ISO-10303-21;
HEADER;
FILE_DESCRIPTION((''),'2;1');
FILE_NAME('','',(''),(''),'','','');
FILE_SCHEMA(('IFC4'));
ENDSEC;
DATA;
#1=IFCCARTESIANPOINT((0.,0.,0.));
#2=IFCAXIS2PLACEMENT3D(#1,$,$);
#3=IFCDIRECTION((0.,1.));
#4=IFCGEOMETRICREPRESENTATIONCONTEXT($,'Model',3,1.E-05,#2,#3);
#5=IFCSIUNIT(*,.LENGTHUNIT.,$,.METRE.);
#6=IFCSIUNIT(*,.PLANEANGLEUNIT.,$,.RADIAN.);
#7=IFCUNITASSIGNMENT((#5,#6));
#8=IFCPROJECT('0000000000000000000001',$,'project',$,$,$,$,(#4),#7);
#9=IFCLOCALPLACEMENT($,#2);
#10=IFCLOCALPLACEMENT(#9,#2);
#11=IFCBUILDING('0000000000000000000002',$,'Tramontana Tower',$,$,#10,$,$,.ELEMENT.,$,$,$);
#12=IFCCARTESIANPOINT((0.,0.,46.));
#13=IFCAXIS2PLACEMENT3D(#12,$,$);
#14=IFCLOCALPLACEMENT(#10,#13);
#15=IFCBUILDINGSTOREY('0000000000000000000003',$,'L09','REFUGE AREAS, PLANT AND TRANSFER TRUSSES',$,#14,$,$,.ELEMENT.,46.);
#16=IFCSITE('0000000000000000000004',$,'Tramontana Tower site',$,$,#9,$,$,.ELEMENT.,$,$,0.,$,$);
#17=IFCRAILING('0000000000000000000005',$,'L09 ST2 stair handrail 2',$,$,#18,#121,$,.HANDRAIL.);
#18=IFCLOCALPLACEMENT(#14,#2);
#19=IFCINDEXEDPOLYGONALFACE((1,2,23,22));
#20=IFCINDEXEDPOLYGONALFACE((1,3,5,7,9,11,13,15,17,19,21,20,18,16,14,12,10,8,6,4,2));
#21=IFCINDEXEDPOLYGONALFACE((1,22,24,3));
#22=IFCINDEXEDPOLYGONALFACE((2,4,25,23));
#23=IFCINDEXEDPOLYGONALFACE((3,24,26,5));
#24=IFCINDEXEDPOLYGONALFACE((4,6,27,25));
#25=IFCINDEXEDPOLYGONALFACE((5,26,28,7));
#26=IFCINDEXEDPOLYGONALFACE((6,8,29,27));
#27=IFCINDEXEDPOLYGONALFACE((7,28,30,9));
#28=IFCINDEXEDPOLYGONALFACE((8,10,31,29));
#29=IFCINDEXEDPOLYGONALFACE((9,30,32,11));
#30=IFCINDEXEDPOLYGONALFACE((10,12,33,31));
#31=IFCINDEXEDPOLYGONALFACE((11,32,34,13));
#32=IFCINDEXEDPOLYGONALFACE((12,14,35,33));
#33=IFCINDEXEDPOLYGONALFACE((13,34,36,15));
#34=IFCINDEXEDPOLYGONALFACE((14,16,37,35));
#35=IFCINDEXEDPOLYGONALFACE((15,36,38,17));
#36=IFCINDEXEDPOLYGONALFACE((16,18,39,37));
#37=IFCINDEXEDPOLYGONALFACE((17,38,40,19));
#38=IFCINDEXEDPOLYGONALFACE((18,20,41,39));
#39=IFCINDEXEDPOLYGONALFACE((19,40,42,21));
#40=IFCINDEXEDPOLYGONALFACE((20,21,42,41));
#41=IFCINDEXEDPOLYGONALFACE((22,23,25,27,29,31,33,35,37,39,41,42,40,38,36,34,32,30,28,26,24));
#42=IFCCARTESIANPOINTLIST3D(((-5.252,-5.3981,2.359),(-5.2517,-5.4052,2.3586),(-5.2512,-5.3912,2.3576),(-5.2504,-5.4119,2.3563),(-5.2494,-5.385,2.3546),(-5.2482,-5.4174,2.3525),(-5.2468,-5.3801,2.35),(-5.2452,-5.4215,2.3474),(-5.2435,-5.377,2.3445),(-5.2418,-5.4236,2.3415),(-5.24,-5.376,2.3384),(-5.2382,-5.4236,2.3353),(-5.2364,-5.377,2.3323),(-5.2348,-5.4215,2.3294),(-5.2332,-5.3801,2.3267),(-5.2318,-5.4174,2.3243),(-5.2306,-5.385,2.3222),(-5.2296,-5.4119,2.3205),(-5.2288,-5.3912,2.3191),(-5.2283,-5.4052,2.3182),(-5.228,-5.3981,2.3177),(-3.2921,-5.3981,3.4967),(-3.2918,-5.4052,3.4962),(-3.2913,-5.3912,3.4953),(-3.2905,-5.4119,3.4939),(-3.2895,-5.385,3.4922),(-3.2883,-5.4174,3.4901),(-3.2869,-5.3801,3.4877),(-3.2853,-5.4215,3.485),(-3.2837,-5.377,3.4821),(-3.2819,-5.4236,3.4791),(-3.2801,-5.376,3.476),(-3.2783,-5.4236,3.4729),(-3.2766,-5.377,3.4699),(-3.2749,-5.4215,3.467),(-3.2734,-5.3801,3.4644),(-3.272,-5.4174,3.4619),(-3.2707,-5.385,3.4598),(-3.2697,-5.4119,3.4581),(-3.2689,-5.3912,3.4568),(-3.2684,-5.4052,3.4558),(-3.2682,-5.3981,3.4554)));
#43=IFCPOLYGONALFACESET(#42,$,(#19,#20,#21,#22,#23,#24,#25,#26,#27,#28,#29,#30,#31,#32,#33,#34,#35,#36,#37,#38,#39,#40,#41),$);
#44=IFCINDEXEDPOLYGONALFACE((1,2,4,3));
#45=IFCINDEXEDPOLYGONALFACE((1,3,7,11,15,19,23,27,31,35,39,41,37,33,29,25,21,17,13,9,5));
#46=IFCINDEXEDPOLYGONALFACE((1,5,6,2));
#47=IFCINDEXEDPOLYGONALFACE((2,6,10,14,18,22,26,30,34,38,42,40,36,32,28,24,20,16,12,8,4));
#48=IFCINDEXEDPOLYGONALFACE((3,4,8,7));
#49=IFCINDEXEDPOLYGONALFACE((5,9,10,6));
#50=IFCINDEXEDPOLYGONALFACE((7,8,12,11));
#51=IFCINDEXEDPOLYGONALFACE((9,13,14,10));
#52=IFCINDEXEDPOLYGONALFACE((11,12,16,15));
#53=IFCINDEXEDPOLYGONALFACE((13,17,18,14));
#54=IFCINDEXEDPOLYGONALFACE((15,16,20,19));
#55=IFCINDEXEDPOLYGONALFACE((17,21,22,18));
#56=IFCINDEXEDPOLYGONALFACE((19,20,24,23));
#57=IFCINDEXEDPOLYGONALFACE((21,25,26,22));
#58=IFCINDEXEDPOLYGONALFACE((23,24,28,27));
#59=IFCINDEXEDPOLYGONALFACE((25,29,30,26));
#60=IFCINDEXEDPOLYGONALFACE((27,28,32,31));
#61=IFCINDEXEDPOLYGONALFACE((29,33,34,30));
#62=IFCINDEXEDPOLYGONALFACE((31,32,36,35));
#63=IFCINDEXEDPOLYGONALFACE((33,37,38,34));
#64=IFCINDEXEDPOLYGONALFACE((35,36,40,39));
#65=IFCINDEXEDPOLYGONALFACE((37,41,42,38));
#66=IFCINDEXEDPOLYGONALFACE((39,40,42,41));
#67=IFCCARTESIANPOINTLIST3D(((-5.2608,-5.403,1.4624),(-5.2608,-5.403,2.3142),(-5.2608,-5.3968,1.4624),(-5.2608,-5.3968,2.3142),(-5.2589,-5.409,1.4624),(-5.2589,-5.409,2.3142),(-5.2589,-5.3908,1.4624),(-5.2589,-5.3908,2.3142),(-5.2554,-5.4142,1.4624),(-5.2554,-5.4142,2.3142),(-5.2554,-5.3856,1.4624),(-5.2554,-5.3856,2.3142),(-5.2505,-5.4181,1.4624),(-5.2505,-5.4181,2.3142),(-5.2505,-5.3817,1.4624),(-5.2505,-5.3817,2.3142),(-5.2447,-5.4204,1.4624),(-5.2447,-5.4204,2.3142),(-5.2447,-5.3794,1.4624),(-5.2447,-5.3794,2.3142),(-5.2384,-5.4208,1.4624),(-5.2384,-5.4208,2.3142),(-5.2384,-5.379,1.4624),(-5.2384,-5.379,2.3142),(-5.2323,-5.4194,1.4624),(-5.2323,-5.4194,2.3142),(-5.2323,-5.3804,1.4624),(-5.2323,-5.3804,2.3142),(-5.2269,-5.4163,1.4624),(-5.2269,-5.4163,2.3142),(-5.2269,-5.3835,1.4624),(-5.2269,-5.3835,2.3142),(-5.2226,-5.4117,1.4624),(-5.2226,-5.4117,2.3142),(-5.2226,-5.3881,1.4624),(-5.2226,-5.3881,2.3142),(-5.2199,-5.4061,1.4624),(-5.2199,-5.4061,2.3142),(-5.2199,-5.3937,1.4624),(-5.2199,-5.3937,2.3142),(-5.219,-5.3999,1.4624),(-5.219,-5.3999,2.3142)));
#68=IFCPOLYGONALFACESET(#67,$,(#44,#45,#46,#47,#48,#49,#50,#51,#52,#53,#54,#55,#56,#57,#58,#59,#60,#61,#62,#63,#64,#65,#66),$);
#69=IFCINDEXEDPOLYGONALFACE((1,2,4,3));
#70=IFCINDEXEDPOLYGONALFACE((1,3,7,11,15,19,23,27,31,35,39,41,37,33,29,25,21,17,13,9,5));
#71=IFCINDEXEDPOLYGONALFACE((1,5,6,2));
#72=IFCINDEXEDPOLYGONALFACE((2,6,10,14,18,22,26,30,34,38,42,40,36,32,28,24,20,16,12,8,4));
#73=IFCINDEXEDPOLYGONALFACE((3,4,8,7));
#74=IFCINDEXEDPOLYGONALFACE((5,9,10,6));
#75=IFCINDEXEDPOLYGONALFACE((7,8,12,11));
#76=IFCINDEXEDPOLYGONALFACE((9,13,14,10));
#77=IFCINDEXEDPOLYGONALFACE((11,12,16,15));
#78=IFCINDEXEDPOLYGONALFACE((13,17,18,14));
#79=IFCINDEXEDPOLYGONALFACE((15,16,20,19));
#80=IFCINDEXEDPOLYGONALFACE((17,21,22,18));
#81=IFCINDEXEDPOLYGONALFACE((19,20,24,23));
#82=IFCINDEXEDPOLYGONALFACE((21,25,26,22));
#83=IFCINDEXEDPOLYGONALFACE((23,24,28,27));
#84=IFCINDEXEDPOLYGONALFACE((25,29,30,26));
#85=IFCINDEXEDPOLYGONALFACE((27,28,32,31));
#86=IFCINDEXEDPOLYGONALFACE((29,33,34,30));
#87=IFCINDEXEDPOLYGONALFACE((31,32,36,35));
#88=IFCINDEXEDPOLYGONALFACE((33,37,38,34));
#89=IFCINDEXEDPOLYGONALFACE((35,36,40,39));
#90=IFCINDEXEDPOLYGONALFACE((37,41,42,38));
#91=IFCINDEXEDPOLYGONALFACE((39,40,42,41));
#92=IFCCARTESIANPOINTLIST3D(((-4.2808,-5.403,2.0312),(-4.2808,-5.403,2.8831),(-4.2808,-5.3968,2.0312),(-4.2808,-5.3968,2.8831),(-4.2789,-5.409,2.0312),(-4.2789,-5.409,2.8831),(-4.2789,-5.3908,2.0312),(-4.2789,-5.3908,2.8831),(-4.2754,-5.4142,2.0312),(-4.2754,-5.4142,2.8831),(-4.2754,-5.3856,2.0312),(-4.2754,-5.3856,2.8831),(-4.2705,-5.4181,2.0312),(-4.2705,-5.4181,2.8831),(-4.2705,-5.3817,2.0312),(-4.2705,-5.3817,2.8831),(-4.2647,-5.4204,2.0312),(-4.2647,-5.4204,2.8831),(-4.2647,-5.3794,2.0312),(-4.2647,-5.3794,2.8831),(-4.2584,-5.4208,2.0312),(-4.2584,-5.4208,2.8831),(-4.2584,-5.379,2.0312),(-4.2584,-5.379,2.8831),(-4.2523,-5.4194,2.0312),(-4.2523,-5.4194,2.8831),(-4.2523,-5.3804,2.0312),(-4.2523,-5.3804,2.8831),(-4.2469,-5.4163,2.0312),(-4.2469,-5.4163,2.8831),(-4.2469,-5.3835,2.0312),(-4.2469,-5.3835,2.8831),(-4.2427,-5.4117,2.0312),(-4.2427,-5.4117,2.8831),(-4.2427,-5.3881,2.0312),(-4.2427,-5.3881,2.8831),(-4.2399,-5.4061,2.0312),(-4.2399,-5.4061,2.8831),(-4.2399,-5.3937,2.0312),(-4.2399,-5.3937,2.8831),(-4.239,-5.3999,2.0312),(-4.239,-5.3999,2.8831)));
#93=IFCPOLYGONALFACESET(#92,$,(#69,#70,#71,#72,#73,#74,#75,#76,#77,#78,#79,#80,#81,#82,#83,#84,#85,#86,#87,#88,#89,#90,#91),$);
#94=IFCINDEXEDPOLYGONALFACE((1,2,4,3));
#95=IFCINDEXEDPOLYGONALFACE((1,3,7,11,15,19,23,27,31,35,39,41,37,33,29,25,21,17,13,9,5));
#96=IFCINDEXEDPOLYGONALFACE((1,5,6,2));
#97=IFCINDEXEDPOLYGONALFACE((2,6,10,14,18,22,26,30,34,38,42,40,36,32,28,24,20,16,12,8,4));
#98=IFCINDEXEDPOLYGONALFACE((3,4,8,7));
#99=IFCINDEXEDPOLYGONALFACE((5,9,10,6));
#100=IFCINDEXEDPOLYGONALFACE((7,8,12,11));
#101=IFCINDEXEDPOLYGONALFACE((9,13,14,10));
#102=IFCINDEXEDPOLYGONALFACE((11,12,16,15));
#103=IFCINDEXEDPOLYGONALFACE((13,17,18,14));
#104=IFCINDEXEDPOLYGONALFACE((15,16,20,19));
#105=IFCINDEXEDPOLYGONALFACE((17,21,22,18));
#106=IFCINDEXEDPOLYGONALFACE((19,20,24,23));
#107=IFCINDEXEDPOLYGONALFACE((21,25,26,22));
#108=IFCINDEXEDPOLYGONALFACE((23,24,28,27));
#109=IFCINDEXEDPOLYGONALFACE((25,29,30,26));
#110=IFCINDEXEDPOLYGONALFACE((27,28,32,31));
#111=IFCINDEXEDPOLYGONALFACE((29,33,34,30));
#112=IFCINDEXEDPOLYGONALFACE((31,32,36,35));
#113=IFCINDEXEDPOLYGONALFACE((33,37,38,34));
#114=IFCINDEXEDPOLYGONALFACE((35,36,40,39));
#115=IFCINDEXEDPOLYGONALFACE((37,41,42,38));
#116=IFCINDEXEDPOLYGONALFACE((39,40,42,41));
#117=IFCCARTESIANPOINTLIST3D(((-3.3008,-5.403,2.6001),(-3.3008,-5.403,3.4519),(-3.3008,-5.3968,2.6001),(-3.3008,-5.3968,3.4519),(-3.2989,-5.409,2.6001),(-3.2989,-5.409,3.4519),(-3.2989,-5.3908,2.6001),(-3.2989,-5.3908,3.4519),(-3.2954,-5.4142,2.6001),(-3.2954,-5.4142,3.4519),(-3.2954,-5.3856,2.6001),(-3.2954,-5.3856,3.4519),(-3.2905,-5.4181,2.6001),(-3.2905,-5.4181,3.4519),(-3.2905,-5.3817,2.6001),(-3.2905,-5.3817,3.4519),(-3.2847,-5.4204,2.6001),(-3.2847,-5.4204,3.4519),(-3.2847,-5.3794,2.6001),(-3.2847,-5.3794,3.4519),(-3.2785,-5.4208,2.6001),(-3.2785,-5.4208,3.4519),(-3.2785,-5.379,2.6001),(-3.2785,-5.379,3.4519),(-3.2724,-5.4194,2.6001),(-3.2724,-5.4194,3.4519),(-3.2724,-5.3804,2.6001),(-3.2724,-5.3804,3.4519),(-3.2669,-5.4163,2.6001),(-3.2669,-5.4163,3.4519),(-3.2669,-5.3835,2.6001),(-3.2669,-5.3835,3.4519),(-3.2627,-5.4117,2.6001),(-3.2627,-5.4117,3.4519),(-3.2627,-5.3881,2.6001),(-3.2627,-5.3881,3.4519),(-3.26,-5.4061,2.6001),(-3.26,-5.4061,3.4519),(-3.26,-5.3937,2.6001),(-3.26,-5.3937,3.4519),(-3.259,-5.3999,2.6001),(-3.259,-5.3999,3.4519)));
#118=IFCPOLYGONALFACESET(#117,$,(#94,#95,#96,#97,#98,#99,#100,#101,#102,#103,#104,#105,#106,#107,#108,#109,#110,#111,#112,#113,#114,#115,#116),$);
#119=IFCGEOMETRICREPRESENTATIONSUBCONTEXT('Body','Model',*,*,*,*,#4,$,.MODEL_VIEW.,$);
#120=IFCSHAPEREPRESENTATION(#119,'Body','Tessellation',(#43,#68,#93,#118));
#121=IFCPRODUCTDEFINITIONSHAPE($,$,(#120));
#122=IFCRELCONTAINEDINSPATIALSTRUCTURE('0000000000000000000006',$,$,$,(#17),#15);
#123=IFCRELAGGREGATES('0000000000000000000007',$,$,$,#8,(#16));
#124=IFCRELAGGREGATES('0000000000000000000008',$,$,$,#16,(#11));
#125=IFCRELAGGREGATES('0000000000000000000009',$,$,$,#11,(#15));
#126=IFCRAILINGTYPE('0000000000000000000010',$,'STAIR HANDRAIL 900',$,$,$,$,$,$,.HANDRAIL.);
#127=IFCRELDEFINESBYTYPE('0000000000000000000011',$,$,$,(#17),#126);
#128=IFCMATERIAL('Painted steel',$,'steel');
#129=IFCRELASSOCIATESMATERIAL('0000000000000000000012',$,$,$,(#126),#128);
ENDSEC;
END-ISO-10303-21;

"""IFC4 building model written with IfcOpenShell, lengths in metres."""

from ifc_helpers import new_model, si_unit, direction, frame, origin, origin_2d, place, context, subcontext, project, spatial, circle, extrude, material, type_object, element, save


model = new_model("IFC4")

# Units and contexts
model_context = context("Model", 3, precision=1e-05, world=origin(), true_north=direction((0.0, 1.0)))
body_context = subcontext(model_context, "Body", "Model", "MODEL_VIEW")
ifc_project = project(units=[si_unit("LENGTHUNIT", "METRE"), si_unit("PLANEANGLEUNIT", "RADIAN")], contexts=[model_context])

# Site, building, storey
site_placement = place(None, origin())
site = spatial("IfcSite", under=ifc_project, at=site_placement, Name="Tramontana Tower site", CompositionType="ELEMENT", RefElevation=0.0)
building_placement = place(site_placement, origin())
building = spatial("IfcBuilding", under=site, at=building_placement, Name="Tramontana Tower", CompositionType="ELEMENT")
storey_placement = place(building_placement, frame((0.0, 0.0, 46.0)))
storey = spatial("IfcBuildingStorey", under=building, at=storey_placement, Name="L09", Description="REFUGE AREAS, PLANT AND TRANSFER TRUSSES", CompositionType="ELEMENT", Elevation=46.0)

# Railing
ifc_material_1 = material(Name="Painted steel", Category="steel")
railing_type_1 = type_object("IfcRailingType", Name="STAIR HANDRAIL 900", PredefinedType="HANDRAIL", material=ifc_material_1)
railing_1_placement = place(storey_placement, frame((-5.24, -5.3999, 1.4624)))
element("IfcRailing", 1, at=railing_1_placement, inside=storey, type_object=railing_type_1, Name="L09 ST2 stair handrail 2", PredefinedType="HANDRAIL", context=body_context, shape_type="SweptSolid", body=[
    extrude(circle(Radius=0.0239, at=origin_2d()), frame((0.0, 0.0, 0.876), z_axis=(0.864855, 0.0, 0.502021), x_axis=(0.0, 1.0, 0.0)), (0.0, 0.0, 1.0), 2.2661),
    extrude(circle(Radius=0.021, at=origin_2d()), origin(), (0.0, 0.0, 1.0), 0.8518),
    extrude(circle(Radius=0.021, at=origin_2d()), frame((0.98, 0.0, 0.5688)), (0.0, 0.0, 1.0), 0.8518),
    extrude(circle(Radius=0.021, at=origin_2d()), frame((1.96, 0.0, 1.1377)), (0.0, 0.0, 1.0), 0.8518),
])

save(model, "model.ifc")
